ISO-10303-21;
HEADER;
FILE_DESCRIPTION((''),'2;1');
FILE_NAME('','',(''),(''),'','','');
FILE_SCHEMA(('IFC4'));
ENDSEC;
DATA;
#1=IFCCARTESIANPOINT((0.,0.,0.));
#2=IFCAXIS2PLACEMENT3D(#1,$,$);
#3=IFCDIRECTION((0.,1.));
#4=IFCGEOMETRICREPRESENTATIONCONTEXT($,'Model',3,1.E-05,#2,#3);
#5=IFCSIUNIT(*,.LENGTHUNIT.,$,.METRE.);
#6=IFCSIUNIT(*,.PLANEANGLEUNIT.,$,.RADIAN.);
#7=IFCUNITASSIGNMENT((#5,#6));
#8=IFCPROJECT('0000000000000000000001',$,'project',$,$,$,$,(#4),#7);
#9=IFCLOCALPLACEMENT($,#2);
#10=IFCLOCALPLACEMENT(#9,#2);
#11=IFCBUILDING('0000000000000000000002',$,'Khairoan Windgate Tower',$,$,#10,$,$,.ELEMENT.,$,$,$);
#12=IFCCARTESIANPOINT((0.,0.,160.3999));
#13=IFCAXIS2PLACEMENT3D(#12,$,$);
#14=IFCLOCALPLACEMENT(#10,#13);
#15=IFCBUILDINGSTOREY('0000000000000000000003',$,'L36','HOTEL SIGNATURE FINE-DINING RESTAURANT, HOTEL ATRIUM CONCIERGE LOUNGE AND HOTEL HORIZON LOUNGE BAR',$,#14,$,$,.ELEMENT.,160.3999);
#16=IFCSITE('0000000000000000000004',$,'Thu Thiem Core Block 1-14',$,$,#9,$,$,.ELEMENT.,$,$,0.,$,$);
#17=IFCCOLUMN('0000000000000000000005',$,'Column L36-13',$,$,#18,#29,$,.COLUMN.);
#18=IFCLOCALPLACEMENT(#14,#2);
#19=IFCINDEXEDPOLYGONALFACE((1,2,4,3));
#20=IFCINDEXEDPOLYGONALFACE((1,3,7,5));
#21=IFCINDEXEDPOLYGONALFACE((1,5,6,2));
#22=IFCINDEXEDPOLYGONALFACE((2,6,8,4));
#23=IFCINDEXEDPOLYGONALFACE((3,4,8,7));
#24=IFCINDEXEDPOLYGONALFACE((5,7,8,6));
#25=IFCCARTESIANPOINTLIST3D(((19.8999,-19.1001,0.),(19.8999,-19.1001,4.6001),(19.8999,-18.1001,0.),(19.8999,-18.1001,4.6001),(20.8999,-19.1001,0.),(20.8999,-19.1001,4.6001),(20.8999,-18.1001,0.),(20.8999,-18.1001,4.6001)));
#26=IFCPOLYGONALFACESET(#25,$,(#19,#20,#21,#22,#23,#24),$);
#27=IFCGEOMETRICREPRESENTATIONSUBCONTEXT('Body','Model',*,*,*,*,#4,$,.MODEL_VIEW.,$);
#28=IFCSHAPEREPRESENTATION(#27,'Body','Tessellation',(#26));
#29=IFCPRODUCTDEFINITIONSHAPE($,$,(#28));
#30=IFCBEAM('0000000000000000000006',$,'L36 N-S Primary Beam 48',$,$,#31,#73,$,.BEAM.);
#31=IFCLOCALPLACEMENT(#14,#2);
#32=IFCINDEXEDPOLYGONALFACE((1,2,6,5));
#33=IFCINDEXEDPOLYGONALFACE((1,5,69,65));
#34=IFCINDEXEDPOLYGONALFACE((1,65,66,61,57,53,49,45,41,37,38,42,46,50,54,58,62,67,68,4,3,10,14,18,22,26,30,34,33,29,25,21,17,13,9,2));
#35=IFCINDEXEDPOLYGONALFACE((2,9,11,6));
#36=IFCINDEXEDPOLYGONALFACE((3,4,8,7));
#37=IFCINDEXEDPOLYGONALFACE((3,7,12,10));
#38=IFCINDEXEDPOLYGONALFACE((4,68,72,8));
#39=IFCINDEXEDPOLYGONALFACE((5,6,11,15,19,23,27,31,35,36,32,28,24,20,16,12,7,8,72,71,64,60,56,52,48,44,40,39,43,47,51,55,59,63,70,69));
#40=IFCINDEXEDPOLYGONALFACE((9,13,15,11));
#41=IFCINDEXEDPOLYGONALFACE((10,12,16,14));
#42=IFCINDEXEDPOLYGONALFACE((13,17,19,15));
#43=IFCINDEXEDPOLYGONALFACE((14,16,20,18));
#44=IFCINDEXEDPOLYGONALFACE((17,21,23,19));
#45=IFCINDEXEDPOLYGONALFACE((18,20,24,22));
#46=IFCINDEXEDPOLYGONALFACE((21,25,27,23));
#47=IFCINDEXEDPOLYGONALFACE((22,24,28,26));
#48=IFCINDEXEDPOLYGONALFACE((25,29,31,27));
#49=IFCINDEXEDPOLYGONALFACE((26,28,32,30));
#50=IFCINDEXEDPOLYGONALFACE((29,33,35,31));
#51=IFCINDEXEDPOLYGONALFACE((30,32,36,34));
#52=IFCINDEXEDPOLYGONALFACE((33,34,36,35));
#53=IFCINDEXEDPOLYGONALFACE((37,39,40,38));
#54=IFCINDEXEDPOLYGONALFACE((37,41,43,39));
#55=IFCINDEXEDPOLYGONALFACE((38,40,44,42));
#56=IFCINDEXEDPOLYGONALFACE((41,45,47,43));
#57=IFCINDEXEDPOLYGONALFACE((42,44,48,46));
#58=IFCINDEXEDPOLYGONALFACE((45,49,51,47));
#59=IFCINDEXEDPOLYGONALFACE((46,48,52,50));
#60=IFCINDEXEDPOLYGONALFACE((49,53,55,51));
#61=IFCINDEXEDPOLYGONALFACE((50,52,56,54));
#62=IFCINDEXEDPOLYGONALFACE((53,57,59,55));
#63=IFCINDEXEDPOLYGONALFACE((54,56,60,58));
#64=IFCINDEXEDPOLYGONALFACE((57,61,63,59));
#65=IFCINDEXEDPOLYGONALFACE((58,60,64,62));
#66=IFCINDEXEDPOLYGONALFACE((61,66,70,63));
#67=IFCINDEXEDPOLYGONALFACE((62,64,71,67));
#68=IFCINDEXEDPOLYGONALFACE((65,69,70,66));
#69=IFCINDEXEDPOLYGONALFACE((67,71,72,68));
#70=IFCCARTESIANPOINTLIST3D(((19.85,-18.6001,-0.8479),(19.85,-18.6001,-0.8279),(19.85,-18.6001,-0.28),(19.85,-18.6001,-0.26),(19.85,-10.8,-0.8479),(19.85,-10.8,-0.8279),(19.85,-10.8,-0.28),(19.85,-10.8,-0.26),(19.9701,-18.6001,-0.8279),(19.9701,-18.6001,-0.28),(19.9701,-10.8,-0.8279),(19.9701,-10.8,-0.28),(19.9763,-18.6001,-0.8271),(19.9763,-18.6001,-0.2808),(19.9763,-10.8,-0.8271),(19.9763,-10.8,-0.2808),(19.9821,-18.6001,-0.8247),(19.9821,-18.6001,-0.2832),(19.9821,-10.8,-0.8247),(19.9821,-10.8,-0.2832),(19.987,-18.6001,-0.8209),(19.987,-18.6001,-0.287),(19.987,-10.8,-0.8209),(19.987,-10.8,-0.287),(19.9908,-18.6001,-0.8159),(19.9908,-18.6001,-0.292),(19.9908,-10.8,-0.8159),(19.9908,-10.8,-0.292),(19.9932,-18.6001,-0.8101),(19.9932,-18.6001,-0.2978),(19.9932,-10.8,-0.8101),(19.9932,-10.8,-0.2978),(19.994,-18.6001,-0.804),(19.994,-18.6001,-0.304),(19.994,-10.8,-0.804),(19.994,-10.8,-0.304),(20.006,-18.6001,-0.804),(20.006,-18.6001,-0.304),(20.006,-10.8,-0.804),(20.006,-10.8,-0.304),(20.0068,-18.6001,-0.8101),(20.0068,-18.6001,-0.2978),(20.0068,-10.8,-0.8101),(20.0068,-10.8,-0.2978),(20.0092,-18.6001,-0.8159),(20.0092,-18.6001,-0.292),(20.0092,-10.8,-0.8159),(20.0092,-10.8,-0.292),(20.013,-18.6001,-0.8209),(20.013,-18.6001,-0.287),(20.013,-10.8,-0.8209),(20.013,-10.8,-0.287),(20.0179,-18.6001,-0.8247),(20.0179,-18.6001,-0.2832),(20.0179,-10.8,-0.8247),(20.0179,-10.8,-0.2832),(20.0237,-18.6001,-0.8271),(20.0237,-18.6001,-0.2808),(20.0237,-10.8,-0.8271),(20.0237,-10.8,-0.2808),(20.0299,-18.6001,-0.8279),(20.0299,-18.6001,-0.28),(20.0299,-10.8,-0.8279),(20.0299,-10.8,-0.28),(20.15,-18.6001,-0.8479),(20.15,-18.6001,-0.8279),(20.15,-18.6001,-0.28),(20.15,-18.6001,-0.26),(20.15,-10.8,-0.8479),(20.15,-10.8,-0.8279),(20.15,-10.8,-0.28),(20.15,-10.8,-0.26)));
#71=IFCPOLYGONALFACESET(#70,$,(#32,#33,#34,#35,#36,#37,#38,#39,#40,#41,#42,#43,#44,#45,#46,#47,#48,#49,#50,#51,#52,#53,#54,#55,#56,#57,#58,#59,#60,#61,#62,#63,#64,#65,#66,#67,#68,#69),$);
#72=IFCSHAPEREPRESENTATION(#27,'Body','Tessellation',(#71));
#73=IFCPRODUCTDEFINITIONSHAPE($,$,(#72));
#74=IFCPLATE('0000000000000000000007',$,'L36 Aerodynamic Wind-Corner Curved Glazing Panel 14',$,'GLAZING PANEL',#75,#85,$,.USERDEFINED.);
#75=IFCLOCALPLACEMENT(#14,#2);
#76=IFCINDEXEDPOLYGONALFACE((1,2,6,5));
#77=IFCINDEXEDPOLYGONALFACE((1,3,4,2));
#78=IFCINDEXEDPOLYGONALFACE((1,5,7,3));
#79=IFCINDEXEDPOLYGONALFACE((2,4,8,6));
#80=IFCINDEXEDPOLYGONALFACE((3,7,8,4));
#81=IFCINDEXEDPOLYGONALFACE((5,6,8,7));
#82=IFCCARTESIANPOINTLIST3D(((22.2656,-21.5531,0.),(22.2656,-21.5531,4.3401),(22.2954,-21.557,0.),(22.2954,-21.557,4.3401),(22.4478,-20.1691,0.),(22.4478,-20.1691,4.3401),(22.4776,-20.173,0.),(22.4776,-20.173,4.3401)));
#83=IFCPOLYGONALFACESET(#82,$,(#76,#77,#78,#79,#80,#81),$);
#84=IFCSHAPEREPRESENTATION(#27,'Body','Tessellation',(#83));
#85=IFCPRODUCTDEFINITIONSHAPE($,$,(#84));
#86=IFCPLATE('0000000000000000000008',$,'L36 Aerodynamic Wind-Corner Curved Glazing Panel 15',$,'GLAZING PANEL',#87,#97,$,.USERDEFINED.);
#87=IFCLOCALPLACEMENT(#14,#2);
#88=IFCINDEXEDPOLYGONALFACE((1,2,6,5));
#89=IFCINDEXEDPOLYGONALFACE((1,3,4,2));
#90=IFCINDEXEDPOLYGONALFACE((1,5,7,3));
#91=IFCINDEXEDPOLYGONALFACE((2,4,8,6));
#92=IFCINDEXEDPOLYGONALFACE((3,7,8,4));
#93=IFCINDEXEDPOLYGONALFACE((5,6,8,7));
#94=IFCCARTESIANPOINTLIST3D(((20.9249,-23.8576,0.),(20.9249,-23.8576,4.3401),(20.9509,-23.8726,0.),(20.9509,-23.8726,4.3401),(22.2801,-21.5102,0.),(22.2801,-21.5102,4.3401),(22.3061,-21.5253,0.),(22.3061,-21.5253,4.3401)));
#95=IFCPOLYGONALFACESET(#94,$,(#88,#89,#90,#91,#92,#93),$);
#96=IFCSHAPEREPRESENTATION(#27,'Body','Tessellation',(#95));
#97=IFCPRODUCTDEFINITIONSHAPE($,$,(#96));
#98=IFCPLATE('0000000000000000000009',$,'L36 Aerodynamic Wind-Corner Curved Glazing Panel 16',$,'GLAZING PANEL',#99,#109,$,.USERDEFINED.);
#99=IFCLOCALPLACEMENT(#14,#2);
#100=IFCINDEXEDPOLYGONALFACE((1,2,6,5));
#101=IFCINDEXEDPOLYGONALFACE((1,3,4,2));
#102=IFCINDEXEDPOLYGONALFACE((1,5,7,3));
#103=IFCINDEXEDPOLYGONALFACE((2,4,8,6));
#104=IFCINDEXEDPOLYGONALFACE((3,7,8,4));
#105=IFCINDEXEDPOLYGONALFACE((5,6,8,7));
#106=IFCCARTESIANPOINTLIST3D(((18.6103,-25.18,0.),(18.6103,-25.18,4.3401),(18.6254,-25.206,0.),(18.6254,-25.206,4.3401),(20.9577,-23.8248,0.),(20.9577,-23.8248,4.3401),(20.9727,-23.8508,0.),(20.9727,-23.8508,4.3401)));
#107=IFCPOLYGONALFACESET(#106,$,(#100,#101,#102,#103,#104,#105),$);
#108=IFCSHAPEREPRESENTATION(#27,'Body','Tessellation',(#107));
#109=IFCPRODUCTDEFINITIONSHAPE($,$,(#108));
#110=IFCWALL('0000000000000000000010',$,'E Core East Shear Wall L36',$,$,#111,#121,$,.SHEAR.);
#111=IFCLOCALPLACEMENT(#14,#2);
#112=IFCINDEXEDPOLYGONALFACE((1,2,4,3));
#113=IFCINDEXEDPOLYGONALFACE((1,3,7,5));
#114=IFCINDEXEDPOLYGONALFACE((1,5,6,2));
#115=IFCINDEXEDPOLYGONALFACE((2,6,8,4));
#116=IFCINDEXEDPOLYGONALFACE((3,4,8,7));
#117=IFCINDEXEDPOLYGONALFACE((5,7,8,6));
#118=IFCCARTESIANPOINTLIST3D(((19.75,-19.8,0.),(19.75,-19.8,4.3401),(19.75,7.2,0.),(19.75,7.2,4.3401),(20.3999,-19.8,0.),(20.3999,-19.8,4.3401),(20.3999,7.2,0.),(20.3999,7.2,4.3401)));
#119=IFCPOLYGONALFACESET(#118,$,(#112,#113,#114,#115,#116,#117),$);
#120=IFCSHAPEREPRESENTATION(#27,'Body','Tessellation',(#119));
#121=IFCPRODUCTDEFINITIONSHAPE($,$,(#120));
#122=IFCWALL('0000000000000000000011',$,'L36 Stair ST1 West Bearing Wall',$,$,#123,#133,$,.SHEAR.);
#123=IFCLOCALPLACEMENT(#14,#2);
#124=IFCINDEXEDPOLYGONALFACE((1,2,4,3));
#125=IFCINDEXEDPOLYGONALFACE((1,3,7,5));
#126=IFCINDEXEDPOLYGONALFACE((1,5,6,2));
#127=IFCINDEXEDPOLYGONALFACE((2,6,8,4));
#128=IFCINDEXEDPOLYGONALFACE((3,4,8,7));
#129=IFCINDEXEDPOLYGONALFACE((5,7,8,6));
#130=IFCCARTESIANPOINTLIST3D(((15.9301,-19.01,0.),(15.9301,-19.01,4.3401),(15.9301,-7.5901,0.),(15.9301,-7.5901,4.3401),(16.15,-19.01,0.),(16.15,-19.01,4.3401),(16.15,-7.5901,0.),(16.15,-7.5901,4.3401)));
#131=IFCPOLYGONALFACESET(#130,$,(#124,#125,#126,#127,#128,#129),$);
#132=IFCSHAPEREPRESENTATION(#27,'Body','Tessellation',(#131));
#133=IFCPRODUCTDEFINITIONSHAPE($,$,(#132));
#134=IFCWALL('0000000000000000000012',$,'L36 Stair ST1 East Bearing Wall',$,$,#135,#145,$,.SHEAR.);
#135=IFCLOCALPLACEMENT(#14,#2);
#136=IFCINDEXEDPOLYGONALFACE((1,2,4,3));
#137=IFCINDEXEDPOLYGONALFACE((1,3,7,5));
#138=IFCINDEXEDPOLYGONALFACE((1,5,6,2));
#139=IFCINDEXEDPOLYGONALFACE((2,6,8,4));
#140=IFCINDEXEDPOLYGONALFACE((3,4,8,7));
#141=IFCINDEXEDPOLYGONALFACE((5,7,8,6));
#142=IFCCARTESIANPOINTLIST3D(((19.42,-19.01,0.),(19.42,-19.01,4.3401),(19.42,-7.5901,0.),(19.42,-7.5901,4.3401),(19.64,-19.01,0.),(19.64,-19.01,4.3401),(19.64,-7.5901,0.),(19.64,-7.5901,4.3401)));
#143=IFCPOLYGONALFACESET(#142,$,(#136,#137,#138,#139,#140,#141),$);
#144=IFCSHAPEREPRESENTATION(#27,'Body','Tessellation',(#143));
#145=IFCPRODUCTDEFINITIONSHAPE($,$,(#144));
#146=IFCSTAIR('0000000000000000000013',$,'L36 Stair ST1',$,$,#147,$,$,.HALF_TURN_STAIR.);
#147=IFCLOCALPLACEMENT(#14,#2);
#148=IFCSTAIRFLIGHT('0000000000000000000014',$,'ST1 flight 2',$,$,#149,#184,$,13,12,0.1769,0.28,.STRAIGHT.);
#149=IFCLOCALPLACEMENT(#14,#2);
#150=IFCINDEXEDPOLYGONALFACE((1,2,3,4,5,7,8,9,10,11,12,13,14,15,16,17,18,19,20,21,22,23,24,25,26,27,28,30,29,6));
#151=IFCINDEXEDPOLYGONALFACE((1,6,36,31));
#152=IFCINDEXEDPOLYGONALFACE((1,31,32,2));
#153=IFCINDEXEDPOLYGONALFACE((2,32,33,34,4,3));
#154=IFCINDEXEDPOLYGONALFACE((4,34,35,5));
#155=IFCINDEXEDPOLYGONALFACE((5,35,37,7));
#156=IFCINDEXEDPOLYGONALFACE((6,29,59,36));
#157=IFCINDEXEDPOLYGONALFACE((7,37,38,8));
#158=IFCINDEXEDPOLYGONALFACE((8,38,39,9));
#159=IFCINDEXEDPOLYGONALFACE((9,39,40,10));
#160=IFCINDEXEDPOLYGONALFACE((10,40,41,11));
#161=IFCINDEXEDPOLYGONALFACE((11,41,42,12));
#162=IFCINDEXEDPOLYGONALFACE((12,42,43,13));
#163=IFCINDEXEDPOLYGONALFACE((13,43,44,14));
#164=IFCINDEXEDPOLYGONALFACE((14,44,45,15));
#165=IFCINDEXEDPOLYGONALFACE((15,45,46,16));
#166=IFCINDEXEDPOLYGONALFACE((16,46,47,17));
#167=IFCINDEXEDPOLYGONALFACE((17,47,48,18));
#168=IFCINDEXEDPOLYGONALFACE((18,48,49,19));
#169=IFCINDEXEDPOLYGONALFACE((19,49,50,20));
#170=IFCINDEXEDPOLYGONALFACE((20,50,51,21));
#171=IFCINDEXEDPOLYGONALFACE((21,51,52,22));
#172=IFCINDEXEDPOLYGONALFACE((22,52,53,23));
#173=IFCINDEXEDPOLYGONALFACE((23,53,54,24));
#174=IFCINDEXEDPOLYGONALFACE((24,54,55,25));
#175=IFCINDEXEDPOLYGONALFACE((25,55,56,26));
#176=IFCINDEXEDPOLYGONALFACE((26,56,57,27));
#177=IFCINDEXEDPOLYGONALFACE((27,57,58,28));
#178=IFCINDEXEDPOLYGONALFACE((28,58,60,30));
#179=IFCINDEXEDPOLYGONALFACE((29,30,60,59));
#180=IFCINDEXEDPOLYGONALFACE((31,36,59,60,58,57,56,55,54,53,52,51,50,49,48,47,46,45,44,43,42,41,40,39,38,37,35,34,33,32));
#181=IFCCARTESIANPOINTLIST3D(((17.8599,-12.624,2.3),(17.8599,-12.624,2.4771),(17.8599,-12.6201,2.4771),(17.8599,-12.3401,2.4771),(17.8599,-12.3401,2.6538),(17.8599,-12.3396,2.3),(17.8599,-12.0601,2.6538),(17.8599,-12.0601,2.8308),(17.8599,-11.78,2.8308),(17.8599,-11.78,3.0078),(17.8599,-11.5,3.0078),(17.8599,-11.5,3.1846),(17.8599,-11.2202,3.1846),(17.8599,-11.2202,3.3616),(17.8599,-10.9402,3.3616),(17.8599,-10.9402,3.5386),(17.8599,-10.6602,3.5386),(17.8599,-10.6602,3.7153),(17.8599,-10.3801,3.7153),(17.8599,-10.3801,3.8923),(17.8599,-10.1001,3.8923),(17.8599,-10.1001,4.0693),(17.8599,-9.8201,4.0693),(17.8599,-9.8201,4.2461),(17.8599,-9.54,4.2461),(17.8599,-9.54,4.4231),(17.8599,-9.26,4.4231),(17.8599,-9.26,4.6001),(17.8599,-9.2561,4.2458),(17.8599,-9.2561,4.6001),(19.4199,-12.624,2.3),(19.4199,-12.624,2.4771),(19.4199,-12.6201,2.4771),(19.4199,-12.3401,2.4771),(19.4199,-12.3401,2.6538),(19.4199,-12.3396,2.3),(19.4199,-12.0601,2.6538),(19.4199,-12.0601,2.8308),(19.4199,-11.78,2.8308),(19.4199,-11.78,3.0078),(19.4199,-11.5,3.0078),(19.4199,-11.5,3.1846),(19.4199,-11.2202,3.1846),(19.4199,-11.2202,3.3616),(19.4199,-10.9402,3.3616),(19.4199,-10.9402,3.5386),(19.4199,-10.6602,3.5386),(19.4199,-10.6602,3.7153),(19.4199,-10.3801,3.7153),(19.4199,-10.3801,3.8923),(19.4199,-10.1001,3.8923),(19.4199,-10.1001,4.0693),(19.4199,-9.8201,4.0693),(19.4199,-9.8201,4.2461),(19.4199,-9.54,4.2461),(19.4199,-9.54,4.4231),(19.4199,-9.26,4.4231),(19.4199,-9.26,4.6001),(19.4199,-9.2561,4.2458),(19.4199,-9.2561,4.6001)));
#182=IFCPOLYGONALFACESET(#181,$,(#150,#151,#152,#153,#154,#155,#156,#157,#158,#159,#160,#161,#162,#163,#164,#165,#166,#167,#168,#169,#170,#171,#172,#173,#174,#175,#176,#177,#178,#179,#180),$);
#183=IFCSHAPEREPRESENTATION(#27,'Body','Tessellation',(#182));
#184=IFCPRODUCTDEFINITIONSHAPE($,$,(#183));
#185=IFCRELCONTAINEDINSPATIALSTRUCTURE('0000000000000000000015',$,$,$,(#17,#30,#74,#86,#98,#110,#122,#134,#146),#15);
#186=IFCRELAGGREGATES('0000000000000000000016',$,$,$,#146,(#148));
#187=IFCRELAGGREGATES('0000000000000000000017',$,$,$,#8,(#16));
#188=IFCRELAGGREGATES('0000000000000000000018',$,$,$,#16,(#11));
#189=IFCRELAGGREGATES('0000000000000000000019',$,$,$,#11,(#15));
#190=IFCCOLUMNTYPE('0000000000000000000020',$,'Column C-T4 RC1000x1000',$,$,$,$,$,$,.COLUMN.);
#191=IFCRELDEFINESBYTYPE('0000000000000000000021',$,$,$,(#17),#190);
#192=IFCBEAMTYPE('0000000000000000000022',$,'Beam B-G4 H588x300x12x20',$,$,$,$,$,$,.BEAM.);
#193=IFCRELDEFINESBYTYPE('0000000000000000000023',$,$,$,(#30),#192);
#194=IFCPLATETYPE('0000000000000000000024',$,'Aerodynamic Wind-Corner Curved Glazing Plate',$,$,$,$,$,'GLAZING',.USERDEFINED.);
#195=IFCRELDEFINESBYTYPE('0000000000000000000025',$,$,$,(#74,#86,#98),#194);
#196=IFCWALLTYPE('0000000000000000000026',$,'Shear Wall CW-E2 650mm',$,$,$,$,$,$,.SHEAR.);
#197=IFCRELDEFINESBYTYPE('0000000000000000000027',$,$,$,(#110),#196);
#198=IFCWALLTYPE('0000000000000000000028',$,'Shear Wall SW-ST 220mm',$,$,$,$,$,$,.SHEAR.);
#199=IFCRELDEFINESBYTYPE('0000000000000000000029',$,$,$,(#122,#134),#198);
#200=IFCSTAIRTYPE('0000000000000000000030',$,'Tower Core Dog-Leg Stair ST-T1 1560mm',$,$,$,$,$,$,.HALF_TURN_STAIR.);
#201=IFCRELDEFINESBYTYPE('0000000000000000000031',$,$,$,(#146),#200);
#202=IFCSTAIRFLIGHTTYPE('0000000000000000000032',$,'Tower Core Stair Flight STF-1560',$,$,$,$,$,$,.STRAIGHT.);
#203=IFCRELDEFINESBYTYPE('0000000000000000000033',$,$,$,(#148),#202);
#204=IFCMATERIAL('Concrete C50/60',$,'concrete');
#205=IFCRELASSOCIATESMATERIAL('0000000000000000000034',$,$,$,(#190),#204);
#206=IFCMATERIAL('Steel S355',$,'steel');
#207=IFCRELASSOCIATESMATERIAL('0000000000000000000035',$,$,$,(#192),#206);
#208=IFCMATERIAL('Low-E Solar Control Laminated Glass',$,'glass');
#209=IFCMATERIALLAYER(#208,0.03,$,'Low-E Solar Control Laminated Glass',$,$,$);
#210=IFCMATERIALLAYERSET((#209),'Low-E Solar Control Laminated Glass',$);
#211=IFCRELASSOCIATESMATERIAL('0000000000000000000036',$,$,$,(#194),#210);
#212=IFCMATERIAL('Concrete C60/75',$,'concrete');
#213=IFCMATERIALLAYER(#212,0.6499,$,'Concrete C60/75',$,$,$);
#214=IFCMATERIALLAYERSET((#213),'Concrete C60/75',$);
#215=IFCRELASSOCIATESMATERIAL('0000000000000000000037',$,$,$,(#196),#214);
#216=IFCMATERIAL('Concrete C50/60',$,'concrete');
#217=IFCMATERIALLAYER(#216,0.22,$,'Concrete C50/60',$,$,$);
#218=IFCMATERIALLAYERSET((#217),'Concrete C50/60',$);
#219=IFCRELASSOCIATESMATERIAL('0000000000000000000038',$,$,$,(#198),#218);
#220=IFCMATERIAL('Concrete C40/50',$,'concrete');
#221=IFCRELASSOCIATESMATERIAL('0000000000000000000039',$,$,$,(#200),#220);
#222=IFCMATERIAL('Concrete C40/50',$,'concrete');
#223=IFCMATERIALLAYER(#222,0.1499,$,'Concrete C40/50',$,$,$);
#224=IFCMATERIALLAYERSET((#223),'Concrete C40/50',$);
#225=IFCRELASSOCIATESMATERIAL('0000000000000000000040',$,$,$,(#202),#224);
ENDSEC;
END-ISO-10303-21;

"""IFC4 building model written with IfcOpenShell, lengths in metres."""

from ifc_helpers import new_model, si_unit, direction, frame, frame_2d, origin, origin_2d, place, context, subcontext, project, spatial, polyline, rectangle, i_section, outline, extrude, material, layer, layer_set, material_profile, profile_set, type_object, element, aggregate, save


model = new_model("IFC4")

# Units and contexts
model_context = context("Model", 3, precision=1e-05, world=origin(), true_north=direction((0.0, 1.0)))
body_context = subcontext(model_context, "Body", "Model", "MODEL_VIEW")
ifc_project = project(units=[si_unit("LENGTHUNIT", "METRE"), si_unit("PLANEANGLEUNIT", "RADIAN")], contexts=[model_context])

# Site, building, storey
site_placement = place(None, origin())
site = spatial("IfcSite", under=ifc_project, at=site_placement, Name="Thu Thiem Core Block 1-14", CompositionType="ELEMENT", RefElevation=0.0)
building_placement = place(site_placement, origin())
building = spatial("IfcBuilding", under=site, at=building_placement, Name="Khairoan Windgate Tower", CompositionType="ELEMENT")
storey_placement = place(building_placement, frame((0.0, 0.0, 160.3999)))
storey = spatial("IfcBuildingStorey", under=building, at=storey_placement, Name="L36", Description="HOTEL SIGNATURE FINE-DINING RESTAURANT, HOTEL ATRIUM CONCIERGE LOUNGE AND HOTEL HORIZON LOUNGE BAR", CompositionType="ELEMENT", Elevation=160.3999)

# Column
ifc_material_1 = material(Name="Concrete C50/60", Category="concrete")
ifc_material_profile_1 = material_profile(ifc_material_1, rectangle(XDim=1.0, YDim=1.0, at=origin_2d()))
ifc_profile_set_1 = profile_set([ifc_material_profile_1], Name="Concrete C50/60")
column_type = type_object("IfcColumnType", Name="Column C-T4 RC1000x1000", PredefinedType="COLUMN", material=ifc_profile_set_1)
column_placement = place(storey_placement, frame((20.3999, -18.6001, 0.0), z_axis=(0.0, 0.0, 1.0), x_axis=(1.0, 0.0, 0.0)))
element("IfcColumn", 1, at=column_placement, inside=storey, type_object=column_type, Name="Column L36-13", PredefinedType="COLUMN", context=body_context, shape_type="SweptSolid", body=[
    extrude(rectangle(XDim=1.0, YDim=1.0, at=origin_2d()), origin(), (0.0, 0.0, 1.0), 4.6001),
])

# Beam
ifc_material_2 = material(Name="Steel S355", Category="steel")
ifc_material_profile_2 = material_profile(ifc_material_2, i_section(OverallWidth=0.3, OverallDepth=0.5879, WebThickness=0.012, FlangeThickness=0.02, FilletRadius=0.0239, at=origin_2d()))
ifc_profile_set_2 = profile_set([ifc_material_profile_2], Name="Steel S355")
beam_type = type_object("IfcBeamType", Name="Beam B-G4 H588x300x12x20", PredefinedType="BEAM", material=ifc_profile_set_2)
beam_placement = place(storey_placement, frame((20.0, -18.6001, -0.554), z_axis=(0.0, 1.0, 0.0), x_axis=(-1.0, 0.0, 0.0)))
element("IfcBeam", 2, at=beam_placement, inside=storey, type_object=beam_type, Name="L36 N-S Primary Beam 48", PredefinedType="BEAM", context=body_context, shape_type="SweptSolid", body=[
    extrude(i_section(OverallWidth=0.3, OverallDepth=0.5879, WebThickness=0.012, FlangeThickness=0.02, FilletRadius=0.0239, at=origin_2d()), origin(), (0.0, 0.0, 1.0), 7.8),
])

# Plates
ifc_material_3 = material(Name="Low-E Solar Control Laminated Glass", Category="glass")
ifc_layer_1 = layer(ifc_material_3, 0.03, Name="Low-E Solar Control Laminated Glass")
ifc_layer_set_1 = layer_set([ifc_layer_1], Name="Low-E Solar Control Laminated Glass")
plate_type_1 = type_object("IfcPlateType", Name="Aerodynamic Wind-Corner Curved Glazing Plate", ElementType="GLAZING", PredefinedType="USERDEFINED", material=ifc_layer_set_1)
plate_1_placement = place(storey_placement, frame((22.3716, -20.863, 0.0), z_axis=(0.0, 0.0, 1.0), x_axis=(-0.130526, -0.991445, 0.0)))
element("IfcPlate", 3, at=plate_1_placement, inside=storey, type_object=plate_type_1, Name="L36 Aerodynamic Wind-Corner Curved Glazing Panel 14", ObjectType="GLAZING PANEL", PredefinedType="USERDEFINED", context=body_context, shape_type="SweptSolid", body=[
    extrude(rectangle(XDim=1.396, YDim=0.03, at=origin_2d()), origin(), (0.0, 0.0, 1.0), 4.3401),
])
for number, where, z_axis, x_axis, name in (
    (4, (21.6155, -22.6914, 0.0), (0.0, 0.0, 1.0), (-0.5, -0.866025, 0.0), "L36 Aerodynamic Wind-Corner Curved Glazing Panel 15"),
    (5, (19.7915, -24.5154, 0.0), (0.0, 0.0, 1.0), (-0.866025, -0.5, 0.0), "L36 Aerodynamic Wind-Corner Curved Glazing Panel 16"),
):
    element("IfcPlate", number, at=place(storey_placement, frame(where, z_axis=z_axis, x_axis=x_axis)), inside=storey, type_object=plate_type_1, Name=name, ObjectType="GLAZING PANEL", PredefinedType="USERDEFINED", context=body_context, shape_type="SweptSolid", body=[
        extrude(rectangle(XDim=2.7104, YDim=0.03, at=origin_2d()), origin(), (0.0, 0.0, 1.0), 4.3401),
    ])

# Walls
ifc_material_4 = material(Name="Concrete C60/75", Category="concrete")
ifc_layer_2 = layer(ifc_material_4, 0.6499, Name="Concrete C60/75")
ifc_layer_set_2 = layer_set([ifc_layer_2], Name="Concrete C60/75")
wall_type_1 = type_object("IfcWallType", Name="Shear Wall CW-E2 650mm", PredefinedType="SHEAR", material=ifc_layer_set_2)
wall_placement = place(storey_placement, frame((20.075, -19.8, 0.0), z_axis=(0.0, 0.0, 1.0), x_axis=(0.0, 1.0, 0.0)))
element("IfcWall", 6, at=wall_placement, inside=storey, type_object=wall_type_1, Name="E Core East Shear Wall L36", PredefinedType="SHEAR", context=body_context, shape_type="SweptSolid", body=[
    extrude(rectangle(XDim=27.0, YDim=0.6499, at=frame_2d((13.5, 0.0))), origin(), (0.0, 0.0, 1.0), 4.3401),
])
ifc_material_5 = material(Name="Concrete C50/60", Category="concrete")
ifc_layer_3 = layer(ifc_material_5, 0.22, Name="Concrete C50/60")
ifc_layer_set_3 = layer_set([ifc_layer_3], Name="Concrete C50/60")
wall_type_2 = type_object("IfcWallType", Name="Shear Wall SW-ST 220mm", PredefinedType="SHEAR", material=ifc_layer_set_3)
for number, where, z_axis, x_axis, name in (
    (7, (16.04, -19.01, 0.0), (0.0, 0.0, 1.0), (0.0, 1.0, 0.0), "L36 Stair ST1 West Bearing Wall"),
    (8, (19.53, -19.01, 0.0), (0.0, 0.0, 1.0), (0.0, 1.0, 0.0), "L36 Stair ST1 East Bearing Wall"),
):
    element("IfcWall", number, at=place(storey_placement, frame(where, z_axis=z_axis, x_axis=x_axis)), inside=storey, type_object=wall_type_2, Name=name, PredefinedType="SHEAR", context=body_context, shape_type="SweptSolid", body=[
        extrude(rectangle(XDim=11.4199, YDim=0.22, at=frame_2d((5.71, 0.0))), origin(), (0.0, 0.0, 1.0), 4.3401),
    ])

# Stair, stair flight
ifc_material_6 = material(Name="Concrete C40/50", Category="concrete")
stair_type = type_object("IfcStairType", Name="Tower Core Dog-Leg Stair ST-T1 1560mm", PredefinedType="HALF_TURN_STAIR", material=ifc_material_6)
stair_placement = place(storey_placement, origin())
stair = element("IfcStair", 9, at=stair_placement, inside=storey, type_object=stair_type, Name="L36 Stair ST1", PredefinedType="HALF_TURN_STAIR")
ifc_material_7 = material(Name="Concrete C40/50", Category="concrete")
ifc_layer_4 = layer(ifc_material_7, 0.1499, Name="Concrete C40/50")
ifc_layer_set_4 = layer_set([ifc_layer_4], Name="Concrete C40/50")
stair_flight_type = type_object("IfcStairFlightType", Name="Tower Core Stair Flight STF-1560", PredefinedType="STRAIGHT", material=ifc_layer_set_4)
stair_flight_placement = place(storey_placement, frame((18.6399, -12.6201, 2.3), z_axis=(0.0, 0.0, 1.0), x_axis=(0.0, 1.0, 0.0)))
stair_flight = element("IfcStairFlight", 10, at=stair_flight_placement, type_object=stair_flight_type, Name="ST1 flight 2", NumberOfRisers=13, NumberOfTreads=12, PredefinedType="STRAIGHT", RiserHeight=0.1769, TreadLength=0.28, context=body_context, shape_type="SweptSolid", body=[
    extrude(outline(polyline([(-0.0039, 0.0), (-0.0039, 0.177), (0.0, 0.177), (0.28, 0.177), (0.28, 0.3538), (0.5601, 0.3538), (0.5601, 0.5308), (0.8401, 0.5308), (0.8401, 0.7078), (1.1201, 0.7078), (1.1201, 0.8845), (1.3999, 0.8845), (1.3999, 1.0615), (1.6799, 1.0615), (1.6799, 1.2385), (1.96, 1.2385), (1.96, 1.4153), (2.24, 1.4153), (2.24, 1.5923), (2.52, 1.5923), (2.52, 1.7693), (2.8, 1.7693), (2.8, 1.946), (3.0801, 1.946), (3.0801, 2.123), (3.3601, 2.123), (3.3601, 2.3), (3.364, 2.3), (3.364, 1.9458), (0.2805, 0.0), (-0.0039, 0.0)])), frame((0.0, 0.78, 0.0), z_axis=(0.0, -1.0, 0.0), x_axis=(1.0, 0.0, 0.0)), (0.0, 0.0, 1.0), 1.5601),
])
aggregate(stair, [stair_flight])

save(model, "model.ifc")
